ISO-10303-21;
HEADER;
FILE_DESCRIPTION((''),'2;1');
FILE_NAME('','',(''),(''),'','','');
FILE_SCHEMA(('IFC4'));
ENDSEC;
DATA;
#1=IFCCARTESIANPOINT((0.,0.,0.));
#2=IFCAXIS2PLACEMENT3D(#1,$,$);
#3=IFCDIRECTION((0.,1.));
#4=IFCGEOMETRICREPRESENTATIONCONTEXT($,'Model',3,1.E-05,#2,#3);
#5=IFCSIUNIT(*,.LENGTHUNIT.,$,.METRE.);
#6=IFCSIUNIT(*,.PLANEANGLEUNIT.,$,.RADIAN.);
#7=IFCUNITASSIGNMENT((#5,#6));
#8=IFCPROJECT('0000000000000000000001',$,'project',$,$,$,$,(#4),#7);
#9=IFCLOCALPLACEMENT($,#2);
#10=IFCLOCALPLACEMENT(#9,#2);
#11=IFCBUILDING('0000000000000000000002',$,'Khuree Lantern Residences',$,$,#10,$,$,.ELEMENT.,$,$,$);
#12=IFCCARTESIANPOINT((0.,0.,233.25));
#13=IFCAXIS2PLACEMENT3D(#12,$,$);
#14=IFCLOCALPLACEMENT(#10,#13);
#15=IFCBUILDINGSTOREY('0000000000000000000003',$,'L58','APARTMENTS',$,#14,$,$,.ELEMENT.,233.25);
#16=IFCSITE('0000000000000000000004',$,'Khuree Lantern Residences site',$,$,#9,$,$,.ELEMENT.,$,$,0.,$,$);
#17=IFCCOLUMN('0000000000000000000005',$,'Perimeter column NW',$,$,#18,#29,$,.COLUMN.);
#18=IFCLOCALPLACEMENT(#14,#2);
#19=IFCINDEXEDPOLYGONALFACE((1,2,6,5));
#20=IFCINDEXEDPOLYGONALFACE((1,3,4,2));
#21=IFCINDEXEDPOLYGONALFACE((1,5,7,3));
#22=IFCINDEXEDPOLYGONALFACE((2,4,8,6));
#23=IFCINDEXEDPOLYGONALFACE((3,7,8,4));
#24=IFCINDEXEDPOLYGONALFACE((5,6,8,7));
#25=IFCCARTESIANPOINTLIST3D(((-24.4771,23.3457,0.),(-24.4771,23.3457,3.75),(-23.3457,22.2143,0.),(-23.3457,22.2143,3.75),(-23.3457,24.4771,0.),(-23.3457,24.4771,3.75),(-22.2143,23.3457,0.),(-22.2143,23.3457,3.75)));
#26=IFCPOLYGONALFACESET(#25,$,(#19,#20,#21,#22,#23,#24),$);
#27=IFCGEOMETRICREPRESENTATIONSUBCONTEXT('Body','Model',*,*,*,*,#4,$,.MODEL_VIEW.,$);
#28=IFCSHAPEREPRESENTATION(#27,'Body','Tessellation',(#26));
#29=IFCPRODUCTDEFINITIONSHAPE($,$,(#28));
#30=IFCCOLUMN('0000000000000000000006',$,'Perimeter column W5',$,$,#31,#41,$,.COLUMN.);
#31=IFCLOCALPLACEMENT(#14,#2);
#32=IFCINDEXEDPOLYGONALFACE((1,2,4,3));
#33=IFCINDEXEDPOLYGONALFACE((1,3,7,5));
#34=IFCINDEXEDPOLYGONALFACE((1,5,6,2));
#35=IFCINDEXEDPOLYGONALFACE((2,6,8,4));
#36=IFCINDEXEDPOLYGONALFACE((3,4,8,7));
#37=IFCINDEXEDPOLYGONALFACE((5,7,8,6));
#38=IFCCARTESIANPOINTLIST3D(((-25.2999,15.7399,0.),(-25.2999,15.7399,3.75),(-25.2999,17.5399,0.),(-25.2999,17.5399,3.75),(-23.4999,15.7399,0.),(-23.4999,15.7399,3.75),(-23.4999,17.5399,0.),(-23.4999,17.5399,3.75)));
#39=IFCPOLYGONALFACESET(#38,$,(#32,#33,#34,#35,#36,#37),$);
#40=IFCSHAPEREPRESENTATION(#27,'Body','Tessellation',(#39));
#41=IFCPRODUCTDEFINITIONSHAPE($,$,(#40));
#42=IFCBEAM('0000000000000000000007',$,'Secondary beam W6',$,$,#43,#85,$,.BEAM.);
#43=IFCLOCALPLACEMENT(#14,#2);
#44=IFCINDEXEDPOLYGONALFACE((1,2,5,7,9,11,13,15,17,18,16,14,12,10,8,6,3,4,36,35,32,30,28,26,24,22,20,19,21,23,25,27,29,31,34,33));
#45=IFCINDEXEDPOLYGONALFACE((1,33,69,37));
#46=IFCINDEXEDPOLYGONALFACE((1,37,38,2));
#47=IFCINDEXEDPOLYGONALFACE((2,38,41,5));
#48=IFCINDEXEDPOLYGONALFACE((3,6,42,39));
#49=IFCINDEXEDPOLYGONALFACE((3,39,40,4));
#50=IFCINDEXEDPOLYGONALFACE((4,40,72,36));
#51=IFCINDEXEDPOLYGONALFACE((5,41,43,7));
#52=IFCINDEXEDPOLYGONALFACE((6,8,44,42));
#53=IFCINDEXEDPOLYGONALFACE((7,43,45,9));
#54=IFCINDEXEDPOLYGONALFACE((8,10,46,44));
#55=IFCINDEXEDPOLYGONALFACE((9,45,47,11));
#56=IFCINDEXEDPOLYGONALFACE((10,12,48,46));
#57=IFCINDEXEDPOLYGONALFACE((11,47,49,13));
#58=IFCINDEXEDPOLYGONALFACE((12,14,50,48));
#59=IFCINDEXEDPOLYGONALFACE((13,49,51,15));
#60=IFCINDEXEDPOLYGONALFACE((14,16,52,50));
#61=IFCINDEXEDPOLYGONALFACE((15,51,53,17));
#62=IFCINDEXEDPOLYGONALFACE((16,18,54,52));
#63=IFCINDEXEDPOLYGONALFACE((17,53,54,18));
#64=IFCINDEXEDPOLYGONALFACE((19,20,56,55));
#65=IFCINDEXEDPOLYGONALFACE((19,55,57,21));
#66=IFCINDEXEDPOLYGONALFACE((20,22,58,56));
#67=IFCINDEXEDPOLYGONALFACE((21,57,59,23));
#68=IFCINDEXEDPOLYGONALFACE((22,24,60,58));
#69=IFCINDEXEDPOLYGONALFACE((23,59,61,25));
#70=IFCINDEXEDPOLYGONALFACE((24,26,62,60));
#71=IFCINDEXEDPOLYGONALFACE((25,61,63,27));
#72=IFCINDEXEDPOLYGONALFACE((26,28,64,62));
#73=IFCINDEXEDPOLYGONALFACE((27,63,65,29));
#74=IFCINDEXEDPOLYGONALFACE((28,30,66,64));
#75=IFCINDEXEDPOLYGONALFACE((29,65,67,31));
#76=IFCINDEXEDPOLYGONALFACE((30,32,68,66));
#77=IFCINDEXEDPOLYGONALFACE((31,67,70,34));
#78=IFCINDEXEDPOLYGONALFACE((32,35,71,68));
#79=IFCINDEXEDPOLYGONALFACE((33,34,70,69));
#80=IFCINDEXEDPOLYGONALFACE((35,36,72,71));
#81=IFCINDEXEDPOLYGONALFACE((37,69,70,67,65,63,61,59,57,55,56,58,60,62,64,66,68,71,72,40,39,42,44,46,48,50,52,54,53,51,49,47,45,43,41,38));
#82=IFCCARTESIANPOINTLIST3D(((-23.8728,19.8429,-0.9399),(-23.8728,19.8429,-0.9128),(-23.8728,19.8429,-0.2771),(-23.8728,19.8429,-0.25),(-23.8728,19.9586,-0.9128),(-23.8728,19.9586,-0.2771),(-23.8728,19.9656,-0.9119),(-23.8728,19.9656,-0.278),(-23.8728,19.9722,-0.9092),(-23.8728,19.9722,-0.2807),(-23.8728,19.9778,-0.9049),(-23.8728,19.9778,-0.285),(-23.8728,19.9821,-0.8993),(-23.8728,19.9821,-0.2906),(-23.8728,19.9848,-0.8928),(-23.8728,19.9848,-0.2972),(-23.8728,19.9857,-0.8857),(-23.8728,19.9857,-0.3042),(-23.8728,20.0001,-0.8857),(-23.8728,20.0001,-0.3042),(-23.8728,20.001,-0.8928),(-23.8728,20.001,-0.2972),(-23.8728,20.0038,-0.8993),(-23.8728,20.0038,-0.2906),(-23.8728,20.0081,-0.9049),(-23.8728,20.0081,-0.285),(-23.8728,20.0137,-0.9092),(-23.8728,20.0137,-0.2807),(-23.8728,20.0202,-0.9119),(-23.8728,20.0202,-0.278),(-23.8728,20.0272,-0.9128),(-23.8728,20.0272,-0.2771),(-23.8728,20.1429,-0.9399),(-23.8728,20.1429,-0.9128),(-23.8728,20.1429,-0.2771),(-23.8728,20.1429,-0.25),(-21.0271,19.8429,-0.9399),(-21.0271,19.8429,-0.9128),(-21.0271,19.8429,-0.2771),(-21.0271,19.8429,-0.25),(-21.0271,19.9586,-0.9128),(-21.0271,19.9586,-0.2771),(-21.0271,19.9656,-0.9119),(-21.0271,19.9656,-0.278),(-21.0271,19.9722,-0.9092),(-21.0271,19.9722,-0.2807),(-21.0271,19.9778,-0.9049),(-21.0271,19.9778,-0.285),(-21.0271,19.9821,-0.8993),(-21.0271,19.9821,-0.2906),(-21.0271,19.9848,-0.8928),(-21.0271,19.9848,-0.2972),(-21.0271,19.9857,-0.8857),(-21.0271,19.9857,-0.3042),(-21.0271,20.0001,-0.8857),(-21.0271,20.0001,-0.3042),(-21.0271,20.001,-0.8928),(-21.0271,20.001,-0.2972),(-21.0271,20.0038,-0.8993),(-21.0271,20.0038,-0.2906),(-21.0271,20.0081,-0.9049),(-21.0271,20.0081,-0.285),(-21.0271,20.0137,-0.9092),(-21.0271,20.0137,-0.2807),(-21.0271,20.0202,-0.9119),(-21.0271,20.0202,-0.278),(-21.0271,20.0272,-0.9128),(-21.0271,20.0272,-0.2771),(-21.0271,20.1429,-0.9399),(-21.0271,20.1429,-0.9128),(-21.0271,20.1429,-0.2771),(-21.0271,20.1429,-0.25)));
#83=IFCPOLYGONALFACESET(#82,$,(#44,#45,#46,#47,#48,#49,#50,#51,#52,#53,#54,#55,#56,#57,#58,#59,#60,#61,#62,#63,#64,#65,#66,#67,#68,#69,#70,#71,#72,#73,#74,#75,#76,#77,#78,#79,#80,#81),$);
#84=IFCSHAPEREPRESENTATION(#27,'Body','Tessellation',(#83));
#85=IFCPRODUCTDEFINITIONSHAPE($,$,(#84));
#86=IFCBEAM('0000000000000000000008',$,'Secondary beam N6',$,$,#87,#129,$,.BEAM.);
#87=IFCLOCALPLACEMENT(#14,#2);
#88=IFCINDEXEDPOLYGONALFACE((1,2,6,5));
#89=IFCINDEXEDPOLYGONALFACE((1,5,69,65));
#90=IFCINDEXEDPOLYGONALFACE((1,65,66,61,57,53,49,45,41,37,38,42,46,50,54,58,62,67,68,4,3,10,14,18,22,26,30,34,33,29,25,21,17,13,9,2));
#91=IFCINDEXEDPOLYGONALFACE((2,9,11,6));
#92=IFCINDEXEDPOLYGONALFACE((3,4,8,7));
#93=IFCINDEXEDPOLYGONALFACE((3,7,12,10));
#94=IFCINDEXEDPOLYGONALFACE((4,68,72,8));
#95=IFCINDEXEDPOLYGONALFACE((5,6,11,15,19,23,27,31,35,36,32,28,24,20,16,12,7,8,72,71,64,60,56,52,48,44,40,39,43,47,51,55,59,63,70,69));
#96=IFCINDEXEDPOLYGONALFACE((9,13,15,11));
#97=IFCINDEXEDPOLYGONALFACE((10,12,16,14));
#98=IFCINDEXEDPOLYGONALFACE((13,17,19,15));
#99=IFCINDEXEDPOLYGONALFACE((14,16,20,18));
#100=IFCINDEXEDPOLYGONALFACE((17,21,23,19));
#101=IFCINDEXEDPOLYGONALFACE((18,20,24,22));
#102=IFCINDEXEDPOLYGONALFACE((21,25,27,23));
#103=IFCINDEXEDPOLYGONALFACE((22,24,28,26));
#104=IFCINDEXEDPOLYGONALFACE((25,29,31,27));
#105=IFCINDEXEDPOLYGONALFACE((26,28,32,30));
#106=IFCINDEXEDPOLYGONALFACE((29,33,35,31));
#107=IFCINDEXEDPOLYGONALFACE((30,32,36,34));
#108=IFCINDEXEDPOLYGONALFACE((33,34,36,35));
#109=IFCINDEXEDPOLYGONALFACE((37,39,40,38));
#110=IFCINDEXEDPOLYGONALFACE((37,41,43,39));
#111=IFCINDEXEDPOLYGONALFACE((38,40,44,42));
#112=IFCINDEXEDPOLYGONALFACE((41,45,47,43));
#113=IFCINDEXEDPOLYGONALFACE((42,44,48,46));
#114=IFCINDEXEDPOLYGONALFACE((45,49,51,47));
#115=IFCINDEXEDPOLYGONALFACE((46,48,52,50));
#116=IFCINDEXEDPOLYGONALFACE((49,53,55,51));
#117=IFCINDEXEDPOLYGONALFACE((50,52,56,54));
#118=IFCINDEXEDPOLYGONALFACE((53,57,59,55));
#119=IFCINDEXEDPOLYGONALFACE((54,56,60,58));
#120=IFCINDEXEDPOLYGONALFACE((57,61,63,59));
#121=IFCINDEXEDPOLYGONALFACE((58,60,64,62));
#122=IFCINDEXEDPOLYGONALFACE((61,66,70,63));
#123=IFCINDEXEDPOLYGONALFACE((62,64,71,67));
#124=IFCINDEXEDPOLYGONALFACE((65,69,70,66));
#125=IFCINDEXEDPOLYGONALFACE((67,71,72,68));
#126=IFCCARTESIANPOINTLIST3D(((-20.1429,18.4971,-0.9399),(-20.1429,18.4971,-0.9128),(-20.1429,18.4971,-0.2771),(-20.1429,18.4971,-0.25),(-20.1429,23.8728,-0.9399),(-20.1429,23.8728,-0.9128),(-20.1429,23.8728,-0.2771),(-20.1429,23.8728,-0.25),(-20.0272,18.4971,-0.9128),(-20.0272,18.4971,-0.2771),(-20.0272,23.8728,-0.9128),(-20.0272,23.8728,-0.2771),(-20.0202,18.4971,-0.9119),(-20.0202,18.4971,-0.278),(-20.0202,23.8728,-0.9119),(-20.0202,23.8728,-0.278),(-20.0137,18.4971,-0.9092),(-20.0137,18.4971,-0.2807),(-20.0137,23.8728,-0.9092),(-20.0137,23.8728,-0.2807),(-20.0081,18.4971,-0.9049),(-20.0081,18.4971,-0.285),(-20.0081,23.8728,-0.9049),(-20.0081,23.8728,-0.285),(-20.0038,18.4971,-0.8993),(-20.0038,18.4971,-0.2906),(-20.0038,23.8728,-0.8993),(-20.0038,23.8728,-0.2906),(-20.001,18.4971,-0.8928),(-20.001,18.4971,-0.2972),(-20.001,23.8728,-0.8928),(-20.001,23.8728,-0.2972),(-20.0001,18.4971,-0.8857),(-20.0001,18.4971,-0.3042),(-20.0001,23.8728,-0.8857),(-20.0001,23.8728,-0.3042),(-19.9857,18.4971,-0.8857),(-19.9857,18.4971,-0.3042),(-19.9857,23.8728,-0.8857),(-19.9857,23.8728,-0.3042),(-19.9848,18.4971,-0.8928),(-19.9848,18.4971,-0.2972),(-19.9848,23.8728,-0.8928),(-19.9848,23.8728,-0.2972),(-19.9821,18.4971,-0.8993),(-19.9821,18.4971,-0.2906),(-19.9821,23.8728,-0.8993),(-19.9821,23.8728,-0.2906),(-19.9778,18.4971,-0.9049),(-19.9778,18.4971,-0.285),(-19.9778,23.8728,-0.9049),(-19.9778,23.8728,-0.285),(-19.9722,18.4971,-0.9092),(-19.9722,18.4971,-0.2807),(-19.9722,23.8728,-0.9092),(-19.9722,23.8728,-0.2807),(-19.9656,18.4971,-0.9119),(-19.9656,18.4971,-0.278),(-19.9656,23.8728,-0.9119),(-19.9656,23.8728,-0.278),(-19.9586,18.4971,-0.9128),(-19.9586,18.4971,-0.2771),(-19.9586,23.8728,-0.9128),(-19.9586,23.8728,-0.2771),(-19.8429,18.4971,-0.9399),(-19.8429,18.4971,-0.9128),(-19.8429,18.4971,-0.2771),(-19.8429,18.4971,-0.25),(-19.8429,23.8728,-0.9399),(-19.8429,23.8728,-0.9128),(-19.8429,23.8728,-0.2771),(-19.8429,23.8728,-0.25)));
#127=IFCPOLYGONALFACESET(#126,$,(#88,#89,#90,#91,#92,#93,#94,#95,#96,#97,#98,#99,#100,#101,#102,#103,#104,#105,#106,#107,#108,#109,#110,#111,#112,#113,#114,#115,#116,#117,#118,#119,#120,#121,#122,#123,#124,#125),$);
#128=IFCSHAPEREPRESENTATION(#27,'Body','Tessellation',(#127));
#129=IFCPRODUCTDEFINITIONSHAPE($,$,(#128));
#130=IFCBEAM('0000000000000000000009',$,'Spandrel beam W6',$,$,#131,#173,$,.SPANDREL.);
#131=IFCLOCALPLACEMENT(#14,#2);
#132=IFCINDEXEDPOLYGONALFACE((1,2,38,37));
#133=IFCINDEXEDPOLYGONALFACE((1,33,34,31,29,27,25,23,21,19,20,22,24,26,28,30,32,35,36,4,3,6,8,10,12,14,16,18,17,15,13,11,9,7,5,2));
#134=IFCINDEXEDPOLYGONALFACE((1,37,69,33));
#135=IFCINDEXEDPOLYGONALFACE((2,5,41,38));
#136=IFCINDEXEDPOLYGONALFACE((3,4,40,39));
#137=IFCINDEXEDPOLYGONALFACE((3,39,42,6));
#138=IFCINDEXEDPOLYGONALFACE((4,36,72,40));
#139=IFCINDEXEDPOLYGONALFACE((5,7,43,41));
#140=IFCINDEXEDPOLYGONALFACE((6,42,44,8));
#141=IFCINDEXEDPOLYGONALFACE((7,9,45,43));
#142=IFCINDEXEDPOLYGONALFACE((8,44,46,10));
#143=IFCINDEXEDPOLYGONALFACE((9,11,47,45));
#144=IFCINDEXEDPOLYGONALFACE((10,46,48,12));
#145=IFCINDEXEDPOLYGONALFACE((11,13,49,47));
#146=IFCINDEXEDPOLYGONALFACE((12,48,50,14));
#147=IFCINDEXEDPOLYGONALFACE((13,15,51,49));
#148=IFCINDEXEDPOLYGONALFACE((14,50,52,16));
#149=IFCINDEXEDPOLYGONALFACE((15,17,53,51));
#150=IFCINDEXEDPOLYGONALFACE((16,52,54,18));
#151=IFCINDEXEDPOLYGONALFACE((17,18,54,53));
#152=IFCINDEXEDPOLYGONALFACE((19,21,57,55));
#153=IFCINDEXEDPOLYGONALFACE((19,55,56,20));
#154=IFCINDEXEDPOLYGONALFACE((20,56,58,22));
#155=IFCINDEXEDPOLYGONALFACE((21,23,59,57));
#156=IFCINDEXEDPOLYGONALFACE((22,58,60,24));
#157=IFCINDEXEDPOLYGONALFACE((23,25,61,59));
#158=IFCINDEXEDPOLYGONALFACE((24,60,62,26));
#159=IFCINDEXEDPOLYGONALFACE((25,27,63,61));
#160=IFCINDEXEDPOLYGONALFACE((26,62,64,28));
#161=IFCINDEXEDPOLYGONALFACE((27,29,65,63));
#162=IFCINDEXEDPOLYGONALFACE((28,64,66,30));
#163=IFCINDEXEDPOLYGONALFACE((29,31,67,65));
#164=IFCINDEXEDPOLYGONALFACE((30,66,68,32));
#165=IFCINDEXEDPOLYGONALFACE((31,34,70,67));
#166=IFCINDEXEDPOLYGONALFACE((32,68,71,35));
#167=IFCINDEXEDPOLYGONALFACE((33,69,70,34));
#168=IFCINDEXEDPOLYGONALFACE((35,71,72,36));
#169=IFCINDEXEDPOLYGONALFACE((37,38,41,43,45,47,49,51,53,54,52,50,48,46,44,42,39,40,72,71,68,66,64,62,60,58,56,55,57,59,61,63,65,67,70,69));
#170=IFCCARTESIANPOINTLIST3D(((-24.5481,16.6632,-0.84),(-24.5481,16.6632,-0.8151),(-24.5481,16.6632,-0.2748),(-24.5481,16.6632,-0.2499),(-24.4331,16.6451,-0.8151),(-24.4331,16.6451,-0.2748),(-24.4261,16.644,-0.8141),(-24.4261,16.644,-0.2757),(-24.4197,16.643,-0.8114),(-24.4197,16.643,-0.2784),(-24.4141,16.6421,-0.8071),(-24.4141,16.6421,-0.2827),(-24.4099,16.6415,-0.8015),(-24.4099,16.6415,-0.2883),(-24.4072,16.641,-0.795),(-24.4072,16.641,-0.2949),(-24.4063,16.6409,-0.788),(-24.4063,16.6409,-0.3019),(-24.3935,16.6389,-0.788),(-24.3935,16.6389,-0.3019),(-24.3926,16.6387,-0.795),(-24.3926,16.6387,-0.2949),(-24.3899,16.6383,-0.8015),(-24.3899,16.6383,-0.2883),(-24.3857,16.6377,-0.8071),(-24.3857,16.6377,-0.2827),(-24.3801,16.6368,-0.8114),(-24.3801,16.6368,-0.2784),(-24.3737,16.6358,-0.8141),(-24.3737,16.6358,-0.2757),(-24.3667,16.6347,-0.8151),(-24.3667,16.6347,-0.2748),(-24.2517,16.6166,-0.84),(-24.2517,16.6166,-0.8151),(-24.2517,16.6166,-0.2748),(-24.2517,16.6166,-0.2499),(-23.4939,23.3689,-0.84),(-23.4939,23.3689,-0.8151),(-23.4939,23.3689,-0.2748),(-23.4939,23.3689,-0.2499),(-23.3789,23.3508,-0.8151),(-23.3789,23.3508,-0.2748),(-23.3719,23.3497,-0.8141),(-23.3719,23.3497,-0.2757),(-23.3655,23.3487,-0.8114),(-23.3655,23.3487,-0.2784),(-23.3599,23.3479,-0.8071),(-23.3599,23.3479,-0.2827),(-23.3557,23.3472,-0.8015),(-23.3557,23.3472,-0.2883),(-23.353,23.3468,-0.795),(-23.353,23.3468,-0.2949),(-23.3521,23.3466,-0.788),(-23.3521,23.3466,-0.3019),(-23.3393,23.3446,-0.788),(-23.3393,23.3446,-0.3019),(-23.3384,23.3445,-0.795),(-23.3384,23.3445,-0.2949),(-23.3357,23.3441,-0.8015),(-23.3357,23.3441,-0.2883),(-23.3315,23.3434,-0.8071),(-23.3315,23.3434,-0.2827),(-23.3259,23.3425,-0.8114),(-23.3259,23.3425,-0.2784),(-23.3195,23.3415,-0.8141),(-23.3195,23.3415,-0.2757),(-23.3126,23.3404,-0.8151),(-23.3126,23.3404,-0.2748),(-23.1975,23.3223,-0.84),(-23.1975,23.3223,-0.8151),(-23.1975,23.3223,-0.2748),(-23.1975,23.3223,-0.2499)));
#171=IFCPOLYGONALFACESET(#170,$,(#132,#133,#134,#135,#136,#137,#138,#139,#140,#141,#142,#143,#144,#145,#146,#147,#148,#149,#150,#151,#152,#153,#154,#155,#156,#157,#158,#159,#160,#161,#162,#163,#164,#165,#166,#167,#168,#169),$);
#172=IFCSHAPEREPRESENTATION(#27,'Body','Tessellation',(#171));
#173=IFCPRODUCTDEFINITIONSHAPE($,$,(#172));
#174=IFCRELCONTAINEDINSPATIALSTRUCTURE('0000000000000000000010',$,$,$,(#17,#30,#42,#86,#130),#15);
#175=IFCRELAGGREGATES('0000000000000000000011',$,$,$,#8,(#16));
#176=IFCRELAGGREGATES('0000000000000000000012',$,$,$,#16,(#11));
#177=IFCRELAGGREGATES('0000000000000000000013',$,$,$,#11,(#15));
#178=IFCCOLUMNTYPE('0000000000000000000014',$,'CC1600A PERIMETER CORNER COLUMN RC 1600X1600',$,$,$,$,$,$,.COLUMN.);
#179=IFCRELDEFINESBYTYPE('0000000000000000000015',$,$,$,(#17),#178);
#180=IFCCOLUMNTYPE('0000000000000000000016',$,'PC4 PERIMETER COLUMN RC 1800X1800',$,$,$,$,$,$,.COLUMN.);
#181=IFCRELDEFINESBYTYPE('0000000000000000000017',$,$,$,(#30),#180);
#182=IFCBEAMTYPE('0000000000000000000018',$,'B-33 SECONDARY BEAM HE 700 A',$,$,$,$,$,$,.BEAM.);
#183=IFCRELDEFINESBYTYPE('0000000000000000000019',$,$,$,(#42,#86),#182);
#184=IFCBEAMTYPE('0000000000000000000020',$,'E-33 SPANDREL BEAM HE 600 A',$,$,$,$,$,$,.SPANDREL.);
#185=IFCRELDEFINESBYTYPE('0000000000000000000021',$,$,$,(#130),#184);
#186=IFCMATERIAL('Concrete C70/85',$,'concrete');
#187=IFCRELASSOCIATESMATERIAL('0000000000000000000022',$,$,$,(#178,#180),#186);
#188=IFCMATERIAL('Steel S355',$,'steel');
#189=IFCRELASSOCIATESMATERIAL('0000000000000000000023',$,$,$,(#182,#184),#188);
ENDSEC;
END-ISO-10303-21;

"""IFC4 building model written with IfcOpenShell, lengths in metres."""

from ifc_helpers import new_model, si_unit, direction, frame, origin, origin_2d, place, context, subcontext, project, spatial, rectangle, i_section, extrude, material, material_profile, profile_set, type_object, element, save


model = new_model("IFC4")

# Units and contexts
model_context = context("Model", 3, precision=1e-05, world=origin(), true_north=direction((0.0, 1.0)))
body_context = subcontext(model_context, "Body", "Model", "MODEL_VIEW")
ifc_project = project(units=[si_unit("LENGTHUNIT", "METRE"), si_unit("PLANEANGLEUNIT", "RADIAN")], contexts=[model_context])

# Site, building, storey
site_placement = place(None, origin())
site = spatial("IfcSite", under=ifc_project, at=site_placement, Name="Khuree Lantern Residences site", CompositionType="ELEMENT", RefElevation=0.0)
building_placement = place(site_placement, origin())
building = spatial("IfcBuilding", under=site, at=building_placement, Name="Khuree Lantern Residences", CompositionType="ELEMENT")
storey_placement = place(building_placement, frame((0.0, 0.0, 233.25)))
storey = spatial("IfcBuildingStorey", under=building, at=storey_placement, Name="L58", Description="APARTMENTS", CompositionType="ELEMENT", Elevation=233.25)

# Columns
ifc_material_1 = material(Name="Concrete C70/85", Category="concrete")
ifc_material_profile_1 = material_profile(ifc_material_1, rectangle(XDim=1.6001, YDim=1.6001, at=origin_2d()), Name="RC 1600X1600")
ifc_profile_set_1 = profile_set([ifc_material_profile_1], Name="Concrete C70/85")
column_type_1 = type_object("IfcColumnType", Name="CC1600A PERIMETER CORNER COLUMN RC 1600X1600", PredefinedType="COLUMN", material=ifc_profile_set_1)
column_1_placement = place(storey_placement, frame((-23.3457, 23.3457, 0.0), z_axis=(0.0, 0.0, 1.0), x_axis=(0.707107, 0.707107, 0.0)))
element("IfcColumn", 1, at=column_1_placement, inside=storey, type_object=column_type_1, Name="Perimeter column NW", PredefinedType="COLUMN", context=body_context, shape_type="SweptSolid", body=[
    extrude(rectangle(XDim=1.6001, YDim=1.6001, at=origin_2d()), origin(), (0.0, 0.0, 1.0), 3.75),
])
ifc_material_profile_2 = material_profile(ifc_material_1, rectangle(XDim=1.8, YDim=1.8, at=origin_2d()), Name="RC 1800X1800")
ifc_profile_set_2 = profile_set([ifc_material_profile_2], Name="Concrete C70/85")
column_type_2 = type_object("IfcColumnType", Name="PC4 PERIMETER COLUMN RC 1800X1800", PredefinedType="COLUMN", material=ifc_profile_set_2)
column_2_placement = place(storey_placement, frame((-24.3999, 16.6399, 0.0), z_axis=(0.0, 0.0, 1.0), x_axis=(0.0, 1.0, 0.0)))
element("IfcColumn", 2, at=column_2_placement, inside=storey, type_object=column_type_2, Name="Perimeter column W5", PredefinedType="COLUMN", context=body_context, shape_type="SweptSolid", body=[
    extrude(rectangle(XDim=1.8, YDim=1.8, at=origin_2d()), origin(), (0.0, 0.0, 1.0), 3.75),
])

# Beams
ifc_material_2 = material(Name="Steel S355", Category="steel")
ifc_material_profile_3 = material_profile(ifc_material_2, i_section(OverallWidth=0.3, OverallDepth=0.6899, WebThickness=0.0144, FlangeThickness=0.0271, FilletRadius=0.0271, at=origin_2d()), Name="HE 700 A")
ifc_profile_set_3 = profile_set([ifc_material_profile_3], Name="Steel S355")
beam_type_1 = type_object("IfcBeamType", Name="B-33 SECONDARY BEAM HE 700 A", PredefinedType="BEAM", material=ifc_profile_set_3)
beam_1_placement = place(storey_placement, frame((-23.8728, 19.9929, -0.595), z_axis=(1.0, 0.0, 0.0), x_axis=(0.0, 1.0, 0.0)))
element("IfcBeam", 3, at=beam_1_placement, inside=storey, type_object=beam_type_1, Name="Secondary beam W6", PredefinedType="BEAM", context=body_context, shape_type="SweptSolid", body=[
    extrude(i_section(OverallWidth=0.3, OverallDepth=0.6899, WebThickness=0.0144, FlangeThickness=0.0271, FilletRadius=0.0271, at=origin_2d()), origin(), (0.0, 0.0, 1.0), 2.8457),
])
beam_2_placement = place(storey_placement, frame((-19.9929, 23.8728, -0.595), z_axis=(0.0, -1.0, 0.0), x_axis=(1.0, 0.0, 0.0)))
element("IfcBeam", 4, at=beam_2_placement, inside=storey, type_object=beam_type_1, Name="Secondary beam N6", PredefinedType="BEAM", context=body_context, shape_type="SweptSolid", body=[
    extrude(i_section(OverallWidth=0.3, OverallDepth=0.6899, WebThickness=0.0144, FlangeThickness=0.0271, FilletRadius=0.0271, at=origin_2d()), origin(), (0.0, 0.0, 1.0), 5.3757),
])
ifc_material_profile_4 = material_profile(ifc_material_2, i_section(OverallWidth=0.3, OverallDepth=0.5901, WebThickness=0.0129, FlangeThickness=0.0249, FilletRadius=0.0271, at=origin_2d()), Name="HE 600 A")
ifc_profile_set_4 = profile_set([ifc_material_profile_4], Name="Steel S355")
beam_type_2 = type_object("IfcBeamType", Name="E-33 SPANDREL BEAM HE 600 A", PredefinedType="SPANDREL", material=ifc_profile_set_4)
for number, where, z_axis, x_axis, name in (
    (5, (-24.3999, 16.6399, -0.5449), (0.1553, 0.987867, 0.0), (-0.987867, 0.1553, 0.0), "Spandrel beam W6"),
):
    element("IfcBeam", number, at=place(storey_placement, frame(where, z_axis=z_axis, x_axis=x_axis)), inside=storey, type_object=beam_type_2, Name=name, PredefinedType="SPANDREL", context=body_context, shape_type="SweptSolid", body=[
        extrude(i_section(OverallWidth=0.3, OverallDepth=0.5901, WebThickness=0.0129, FlangeThickness=0.0249, FilletRadius=0.0271, at=origin_2d()), origin(), (0.0, 0.0, 1.0), 6.7881),
    ])

save(model, "model.ifc")
